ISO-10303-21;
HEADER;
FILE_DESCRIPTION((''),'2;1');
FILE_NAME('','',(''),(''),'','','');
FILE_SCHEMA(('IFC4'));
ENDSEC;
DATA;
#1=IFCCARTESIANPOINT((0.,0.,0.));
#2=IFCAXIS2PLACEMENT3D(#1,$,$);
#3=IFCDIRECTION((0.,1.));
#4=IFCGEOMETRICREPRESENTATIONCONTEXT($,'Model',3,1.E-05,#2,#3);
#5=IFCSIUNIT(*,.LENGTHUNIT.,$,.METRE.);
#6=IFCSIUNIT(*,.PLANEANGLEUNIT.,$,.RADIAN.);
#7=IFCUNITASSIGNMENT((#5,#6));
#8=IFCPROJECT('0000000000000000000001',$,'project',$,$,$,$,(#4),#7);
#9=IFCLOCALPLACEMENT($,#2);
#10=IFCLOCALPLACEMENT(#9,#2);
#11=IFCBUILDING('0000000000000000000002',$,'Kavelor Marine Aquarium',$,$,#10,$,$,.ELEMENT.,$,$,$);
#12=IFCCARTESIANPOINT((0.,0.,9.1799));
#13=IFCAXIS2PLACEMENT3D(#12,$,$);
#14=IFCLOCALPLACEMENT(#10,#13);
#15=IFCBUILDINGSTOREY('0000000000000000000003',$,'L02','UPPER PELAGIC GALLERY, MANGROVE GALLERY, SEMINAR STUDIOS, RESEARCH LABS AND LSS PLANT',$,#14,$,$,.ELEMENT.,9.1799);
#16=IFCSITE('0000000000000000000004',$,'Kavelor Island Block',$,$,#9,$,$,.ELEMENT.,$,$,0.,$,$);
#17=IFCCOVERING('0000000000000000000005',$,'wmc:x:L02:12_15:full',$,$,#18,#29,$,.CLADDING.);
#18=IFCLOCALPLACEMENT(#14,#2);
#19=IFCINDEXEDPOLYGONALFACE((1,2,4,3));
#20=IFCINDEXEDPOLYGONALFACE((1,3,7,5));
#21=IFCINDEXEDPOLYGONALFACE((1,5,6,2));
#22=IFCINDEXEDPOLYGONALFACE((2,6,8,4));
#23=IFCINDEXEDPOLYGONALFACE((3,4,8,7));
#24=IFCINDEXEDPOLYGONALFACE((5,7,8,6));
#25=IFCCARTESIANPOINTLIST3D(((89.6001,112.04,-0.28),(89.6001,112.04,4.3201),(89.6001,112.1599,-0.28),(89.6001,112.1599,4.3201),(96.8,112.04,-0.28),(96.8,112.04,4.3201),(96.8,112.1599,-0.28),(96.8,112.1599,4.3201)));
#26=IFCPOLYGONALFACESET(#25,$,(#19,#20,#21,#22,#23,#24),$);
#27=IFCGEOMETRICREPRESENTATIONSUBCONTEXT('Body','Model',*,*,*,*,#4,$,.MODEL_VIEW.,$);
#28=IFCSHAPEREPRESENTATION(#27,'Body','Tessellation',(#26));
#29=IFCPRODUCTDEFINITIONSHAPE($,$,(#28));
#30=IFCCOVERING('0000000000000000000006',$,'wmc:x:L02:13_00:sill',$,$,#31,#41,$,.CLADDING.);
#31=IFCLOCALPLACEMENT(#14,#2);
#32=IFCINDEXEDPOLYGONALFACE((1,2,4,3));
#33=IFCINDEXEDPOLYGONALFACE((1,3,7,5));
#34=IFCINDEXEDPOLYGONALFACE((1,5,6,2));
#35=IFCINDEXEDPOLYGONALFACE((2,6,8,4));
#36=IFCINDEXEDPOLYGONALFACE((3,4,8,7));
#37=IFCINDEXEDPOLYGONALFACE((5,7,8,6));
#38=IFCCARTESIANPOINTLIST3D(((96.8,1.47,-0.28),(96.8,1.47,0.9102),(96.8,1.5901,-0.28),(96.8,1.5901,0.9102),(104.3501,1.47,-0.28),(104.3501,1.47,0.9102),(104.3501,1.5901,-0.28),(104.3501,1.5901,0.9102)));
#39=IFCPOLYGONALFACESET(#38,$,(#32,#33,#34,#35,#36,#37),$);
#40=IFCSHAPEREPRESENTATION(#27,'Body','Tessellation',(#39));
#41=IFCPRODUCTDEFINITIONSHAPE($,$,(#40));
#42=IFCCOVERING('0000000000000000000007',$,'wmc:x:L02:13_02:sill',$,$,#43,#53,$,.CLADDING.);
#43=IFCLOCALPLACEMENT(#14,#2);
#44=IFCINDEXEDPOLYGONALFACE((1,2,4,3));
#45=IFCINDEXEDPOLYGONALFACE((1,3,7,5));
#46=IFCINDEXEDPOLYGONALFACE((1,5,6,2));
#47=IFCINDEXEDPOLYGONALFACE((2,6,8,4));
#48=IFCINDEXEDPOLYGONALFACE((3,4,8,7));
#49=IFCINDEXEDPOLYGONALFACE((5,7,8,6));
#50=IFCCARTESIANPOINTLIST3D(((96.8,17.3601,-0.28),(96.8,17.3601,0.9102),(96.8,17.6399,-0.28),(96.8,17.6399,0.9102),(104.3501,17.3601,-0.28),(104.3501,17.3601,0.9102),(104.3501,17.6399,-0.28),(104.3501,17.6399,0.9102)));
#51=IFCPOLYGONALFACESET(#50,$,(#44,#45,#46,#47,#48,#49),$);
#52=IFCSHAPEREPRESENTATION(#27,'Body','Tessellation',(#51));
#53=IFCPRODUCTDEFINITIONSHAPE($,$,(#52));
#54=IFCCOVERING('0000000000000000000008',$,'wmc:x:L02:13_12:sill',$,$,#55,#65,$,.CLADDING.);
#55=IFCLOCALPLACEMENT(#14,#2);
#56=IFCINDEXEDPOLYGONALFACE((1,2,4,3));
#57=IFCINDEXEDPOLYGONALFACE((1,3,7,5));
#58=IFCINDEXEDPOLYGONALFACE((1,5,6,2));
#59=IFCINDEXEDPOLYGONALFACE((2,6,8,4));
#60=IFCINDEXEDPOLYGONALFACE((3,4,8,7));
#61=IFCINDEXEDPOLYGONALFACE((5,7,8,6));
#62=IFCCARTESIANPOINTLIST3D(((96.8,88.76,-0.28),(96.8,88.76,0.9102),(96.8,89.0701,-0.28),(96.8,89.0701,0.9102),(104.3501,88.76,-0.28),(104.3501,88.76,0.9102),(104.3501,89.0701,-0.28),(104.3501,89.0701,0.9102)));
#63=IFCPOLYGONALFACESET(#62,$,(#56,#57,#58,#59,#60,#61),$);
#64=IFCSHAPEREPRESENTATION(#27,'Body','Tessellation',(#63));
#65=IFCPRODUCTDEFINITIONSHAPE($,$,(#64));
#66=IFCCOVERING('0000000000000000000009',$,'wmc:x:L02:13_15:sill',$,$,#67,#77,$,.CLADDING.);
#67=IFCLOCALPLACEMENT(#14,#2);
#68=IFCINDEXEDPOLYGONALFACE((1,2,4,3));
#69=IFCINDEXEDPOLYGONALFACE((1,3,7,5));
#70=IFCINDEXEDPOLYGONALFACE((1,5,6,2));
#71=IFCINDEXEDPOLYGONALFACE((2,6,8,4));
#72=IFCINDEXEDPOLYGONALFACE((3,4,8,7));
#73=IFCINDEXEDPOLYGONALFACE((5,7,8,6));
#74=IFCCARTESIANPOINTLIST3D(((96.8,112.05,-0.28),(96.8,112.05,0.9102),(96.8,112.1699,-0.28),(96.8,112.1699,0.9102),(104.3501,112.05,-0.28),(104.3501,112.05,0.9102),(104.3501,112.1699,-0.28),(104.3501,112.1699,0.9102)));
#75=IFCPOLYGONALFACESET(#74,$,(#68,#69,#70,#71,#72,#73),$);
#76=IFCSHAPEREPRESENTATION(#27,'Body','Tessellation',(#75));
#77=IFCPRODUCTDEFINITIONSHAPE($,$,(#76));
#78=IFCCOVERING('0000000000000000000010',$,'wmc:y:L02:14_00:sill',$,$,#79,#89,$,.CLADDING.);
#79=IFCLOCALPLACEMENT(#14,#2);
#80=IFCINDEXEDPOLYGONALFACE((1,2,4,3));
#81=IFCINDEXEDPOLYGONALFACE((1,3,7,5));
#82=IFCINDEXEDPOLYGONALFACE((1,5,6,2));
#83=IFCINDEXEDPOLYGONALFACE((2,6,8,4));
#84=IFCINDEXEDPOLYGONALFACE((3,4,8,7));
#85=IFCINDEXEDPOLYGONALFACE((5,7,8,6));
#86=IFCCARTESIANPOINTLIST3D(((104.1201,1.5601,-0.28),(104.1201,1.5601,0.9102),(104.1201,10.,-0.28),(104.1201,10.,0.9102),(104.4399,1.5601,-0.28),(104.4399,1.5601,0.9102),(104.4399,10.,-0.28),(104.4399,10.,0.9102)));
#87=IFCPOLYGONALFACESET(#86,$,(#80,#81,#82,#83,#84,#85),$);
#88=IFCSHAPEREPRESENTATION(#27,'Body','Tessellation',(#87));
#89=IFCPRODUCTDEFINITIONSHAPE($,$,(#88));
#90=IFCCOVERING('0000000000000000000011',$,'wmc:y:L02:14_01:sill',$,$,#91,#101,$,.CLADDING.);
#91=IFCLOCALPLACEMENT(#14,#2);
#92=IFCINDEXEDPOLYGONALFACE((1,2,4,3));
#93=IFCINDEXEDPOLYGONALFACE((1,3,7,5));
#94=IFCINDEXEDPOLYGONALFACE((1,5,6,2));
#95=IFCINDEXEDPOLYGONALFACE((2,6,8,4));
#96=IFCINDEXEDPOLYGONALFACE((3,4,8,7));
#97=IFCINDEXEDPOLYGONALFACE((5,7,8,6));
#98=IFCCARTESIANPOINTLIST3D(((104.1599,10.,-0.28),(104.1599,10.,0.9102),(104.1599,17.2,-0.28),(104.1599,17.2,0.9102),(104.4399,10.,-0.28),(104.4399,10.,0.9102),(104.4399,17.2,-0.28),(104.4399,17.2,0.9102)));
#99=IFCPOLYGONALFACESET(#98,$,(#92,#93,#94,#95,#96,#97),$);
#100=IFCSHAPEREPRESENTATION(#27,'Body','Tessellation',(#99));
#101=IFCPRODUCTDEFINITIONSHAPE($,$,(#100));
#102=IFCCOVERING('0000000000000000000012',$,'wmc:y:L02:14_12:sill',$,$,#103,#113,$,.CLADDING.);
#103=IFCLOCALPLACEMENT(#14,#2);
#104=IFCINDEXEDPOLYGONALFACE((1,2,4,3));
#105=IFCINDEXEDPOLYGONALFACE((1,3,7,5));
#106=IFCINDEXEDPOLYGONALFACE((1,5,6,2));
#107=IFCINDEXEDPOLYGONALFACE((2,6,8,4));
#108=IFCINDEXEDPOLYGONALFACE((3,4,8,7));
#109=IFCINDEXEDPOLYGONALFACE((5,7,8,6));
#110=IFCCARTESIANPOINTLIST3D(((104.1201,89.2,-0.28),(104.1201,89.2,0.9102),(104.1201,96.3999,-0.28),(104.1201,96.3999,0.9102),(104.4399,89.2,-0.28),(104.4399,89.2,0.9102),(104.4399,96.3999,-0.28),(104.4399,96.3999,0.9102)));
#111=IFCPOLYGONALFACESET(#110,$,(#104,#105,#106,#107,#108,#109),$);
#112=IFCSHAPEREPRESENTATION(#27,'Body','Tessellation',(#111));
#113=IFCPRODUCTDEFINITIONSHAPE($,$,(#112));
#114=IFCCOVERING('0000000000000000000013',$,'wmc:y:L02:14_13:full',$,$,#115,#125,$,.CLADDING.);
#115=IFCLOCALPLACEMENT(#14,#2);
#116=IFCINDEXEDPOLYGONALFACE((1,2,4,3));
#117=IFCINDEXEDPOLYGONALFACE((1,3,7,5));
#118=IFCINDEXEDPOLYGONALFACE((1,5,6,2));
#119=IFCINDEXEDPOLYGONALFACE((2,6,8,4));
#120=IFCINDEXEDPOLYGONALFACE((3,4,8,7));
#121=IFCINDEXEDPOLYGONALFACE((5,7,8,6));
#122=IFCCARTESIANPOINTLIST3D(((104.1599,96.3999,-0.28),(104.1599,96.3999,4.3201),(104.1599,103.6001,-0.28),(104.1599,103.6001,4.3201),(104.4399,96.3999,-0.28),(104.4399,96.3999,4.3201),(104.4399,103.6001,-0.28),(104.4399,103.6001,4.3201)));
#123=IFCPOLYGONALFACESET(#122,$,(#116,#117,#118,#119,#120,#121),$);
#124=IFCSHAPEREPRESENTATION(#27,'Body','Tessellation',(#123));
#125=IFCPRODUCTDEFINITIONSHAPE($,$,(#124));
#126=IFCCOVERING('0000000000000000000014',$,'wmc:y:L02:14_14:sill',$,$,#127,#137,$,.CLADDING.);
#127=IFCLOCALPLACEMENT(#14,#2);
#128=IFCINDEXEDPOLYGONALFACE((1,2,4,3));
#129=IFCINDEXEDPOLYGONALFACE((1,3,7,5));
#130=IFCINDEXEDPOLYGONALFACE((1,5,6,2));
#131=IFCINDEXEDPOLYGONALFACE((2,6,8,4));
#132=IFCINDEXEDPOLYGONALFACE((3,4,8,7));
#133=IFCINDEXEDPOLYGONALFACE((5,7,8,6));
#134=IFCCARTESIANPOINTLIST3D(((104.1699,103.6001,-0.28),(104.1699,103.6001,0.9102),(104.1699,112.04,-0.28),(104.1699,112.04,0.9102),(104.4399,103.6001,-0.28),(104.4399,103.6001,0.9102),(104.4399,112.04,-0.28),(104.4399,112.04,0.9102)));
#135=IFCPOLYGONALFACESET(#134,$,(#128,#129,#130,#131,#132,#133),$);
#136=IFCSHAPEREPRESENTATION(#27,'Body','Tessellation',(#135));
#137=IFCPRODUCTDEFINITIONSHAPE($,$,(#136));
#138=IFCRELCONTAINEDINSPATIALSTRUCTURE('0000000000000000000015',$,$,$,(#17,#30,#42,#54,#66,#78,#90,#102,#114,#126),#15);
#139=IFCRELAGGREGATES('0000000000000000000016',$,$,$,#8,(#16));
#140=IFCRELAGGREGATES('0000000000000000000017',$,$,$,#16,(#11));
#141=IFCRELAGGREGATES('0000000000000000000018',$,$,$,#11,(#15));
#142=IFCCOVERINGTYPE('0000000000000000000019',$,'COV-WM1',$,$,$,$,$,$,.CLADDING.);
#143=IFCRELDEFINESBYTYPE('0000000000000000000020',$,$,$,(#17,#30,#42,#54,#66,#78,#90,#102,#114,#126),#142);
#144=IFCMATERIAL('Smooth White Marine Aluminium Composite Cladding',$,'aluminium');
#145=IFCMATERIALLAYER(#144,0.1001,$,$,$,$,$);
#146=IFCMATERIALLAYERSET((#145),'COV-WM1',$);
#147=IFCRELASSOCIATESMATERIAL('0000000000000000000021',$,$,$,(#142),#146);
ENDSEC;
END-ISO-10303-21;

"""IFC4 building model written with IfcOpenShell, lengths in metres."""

from ifc_helpers import new_model, si_unit, direction, frame, origin, place, context, subcontext, project, spatial, polyline, outline, extrude, material, layer, layer_set, type_object, element, save


model = new_model("IFC4")

# Units and contexts
model_context = context("Model", 3, precision=1e-05, world=origin(), true_north=direction((0.0, 1.0)))
body_context = subcontext(model_context, "Body", "Model", "MODEL_VIEW")
ifc_project = project(units=[si_unit("LENGTHUNIT", "METRE"), si_unit("PLANEANGLEUNIT", "RADIAN")], contexts=[model_context])

# Site, building, storey
site_placement = place(None, origin())
site = spatial("IfcSite", under=ifc_project, at=site_placement, Name="Kavelor Island Block", CompositionType="ELEMENT", RefElevation=0.0)
building_placement = place(site_placement, origin())
building = spatial("IfcBuilding", under=site, at=building_placement, Name="Kavelor Marine Aquarium", CompositionType="ELEMENT")
storey_placement = place(building_placement, frame((0.0, 0.0, 9.1799)))
storey = spatial("IfcBuildingStorey", under=building, at=storey_placement, Name="L02", Description="UPPER PELAGIC GALLERY, MANGROVE GALLERY, SEMINAR STUDIOS, RESEARCH LABS AND LSS PLANT", CompositionType="ELEMENT", Elevation=9.1799)

# Coverings
ifc_material_1 = material(Name="Smooth White Marine Aluminium Composite Cladding", Category="aluminium")
ifc_layer_1 = layer(ifc_material_1, 0.1001)
ifc_layer_set_1 = layer_set([ifc_layer_1], Name="COV-WM1")
covering_type_1 = type_object("IfcCoveringType", Name="COV-WM1", PredefinedType="CLADDING", material=ifc_layer_set_1)
covering_1_placement = place(storey_placement, frame((0.0, 0.0, -0.28)))
element("IfcCovering", 1, at=covering_1_placement, inside=storey, type_object=covering_type_1, Name="wmc:x:L02:12_15:full", PredefinedType="CLADDING", context=body_context, shape_type="SweptSolid", body=[
    extrude(outline(polyline([(89.6001, 112.04), (96.8, 112.04), (96.8, 112.1599), (89.6001, 112.1599), (89.6001, 112.04)])), origin(), (0.0, 0.0, 1.0), 4.6001),
])
covering_2_placement = place(storey_placement, frame((0.0, 0.0, -0.28)))
element("IfcCovering", 2, at=covering_2_placement, inside=storey, type_object=covering_type_1, Name="wmc:x:L02:13_00:sill", PredefinedType="CLADDING", context=body_context, shape_type="SweptSolid", body=[
    extrude(outline(polyline([(96.8, 1.47), (104.3501, 1.47), (104.3501, 1.5901), (96.8, 1.5901), (96.8, 1.47)])), origin(), (0.0, 0.0, 1.0), 1.1902),
])
covering_3_placement = place(storey_placement, frame((0.0, 0.0, -0.28)))
element("IfcCovering", 3, at=covering_3_placement, inside=storey, type_object=covering_type_1, Name="wmc:x:L02:13_02:sill", PredefinedType="CLADDING", context=body_context, shape_type="SweptSolid", body=[
    extrude(outline(polyline([(96.8, 17.3601), (104.3501, 17.3601), (104.3501, 17.6399), (96.8, 17.6399), (96.8, 17.3601)])), origin(), (0.0, 0.0, 1.0), 1.1902),
])
covering_4_placement = place(storey_placement, frame((0.0, 0.0, -0.28)))
element("IfcCovering", 4, at=covering_4_placement, inside=storey, type_object=covering_type_1, Name="wmc:x:L02:13_12:sill", PredefinedType="CLADDING", context=body_context, shape_type="SweptSolid", body=[
    extrude(outline(polyline([(96.8, 88.76), (104.3501, 88.76), (104.3501, 89.0701), (96.8, 89.0701), (96.8, 88.76)])), origin(), (0.0, 0.0, 1.0), 1.1902),
])
covering_5_placement = place(storey_placement, frame((0.0, 0.0, -0.28)))
element("IfcCovering", 5, at=covering_5_placement, inside=storey, type_object=covering_type_1, Name="wmc:x:L02:13_15:sill", PredefinedType="CLADDING", context=body_context, shape_type="SweptSolid", body=[
    extrude(outline(polyline([(96.8, 112.05), (104.3501, 112.05), (104.3501, 112.1699), (96.8, 112.1699), (96.8, 112.05)])), origin(), (0.0, 0.0, 1.0), 1.1902),
])
covering_6_placement = place(storey_placement, frame((0.0, 0.0, -0.28)))
element("IfcCovering", 6, at=covering_6_placement, inside=storey, type_object=covering_type_1, Name="wmc:y:L02:14_00:sill", PredefinedType="CLADDING", context=body_context, shape_type="SweptSolid", body=[
    extrude(outline(polyline([(104.1201, 1.5601), (104.4399, 1.5601), (104.4399, 10.0), (104.1201, 10.0), (104.1201, 1.5601)])), origin(), (0.0, 0.0, 1.0), 1.1902),
])
covering_7_placement = place(storey_placement, frame((0.0, 0.0, -0.28)))
element("IfcCovering", 7, at=covering_7_placement, inside=storey, type_object=covering_type_1, Name="wmc:y:L02:14_01:sill", PredefinedType="CLADDING", context=body_context, shape_type="SweptSolid", body=[
    extrude(outline(polyline([(104.1599, 10.0), (104.4399, 10.0), (104.4399, 17.2), (104.1599, 17.2), (104.1599, 10.0)])), origin(), (0.0, 0.0, 1.0), 1.1902),
])
covering_8_placement = place(storey_placement, frame((0.0, 0.0, -0.28)))
element("IfcCovering", 8, at=covering_8_placement, inside=storey, type_object=covering_type_1, Name="wmc:y:L02:14_12:sill", PredefinedType="CLADDING", context=body_context, shape_type="SweptSolid", body=[
    extrude(outline(polyline([(104.1201, 89.2), (104.4399, 89.2), (104.4399, 96.3999), (104.1201, 96.3999), (104.1201, 89.2)])), origin(), (0.0, 0.0, 1.0), 1.1902),
])
covering_9_placement = place(storey_placement, frame((0.0, 0.0, -0.28)))
element("IfcCovering", 9, at=covering_9_placement, inside=storey, type_object=covering_type_1, Name="wmc:y:L02:14_13:full", PredefinedType="CLADDING", context=body_context, shape_type="SweptSolid", body=[
    extrude(outline(polyline([(104.1599, 96.3999), (104.4399, 96.3999), (104.4399, 103.6001), (104.1599, 103.6001), (104.1599, 96.3999)])), origin(), (0.0, 0.0, 1.0), 4.6001),
])
covering_10_placement = place(storey_placement, frame((0.0, 0.0, -0.28)))
element("IfcCovering", 10, at=covering_10_placement, inside=storey, type_object=covering_type_1, Name="wmc:y:L02:14_14:sill", PredefinedType="CLADDING", context=body_context, shape_type="SweptSolid", body=[
    extrude(outline(polyline([(104.1699, 103.6001), (104.4399, 103.6001), (104.4399, 112.04), (104.1699, 112.04), (104.1699, 103.6001)])), origin(), (0.0, 0.0, 1.0), 1.1902),
])

save(model, "model.ifc")
